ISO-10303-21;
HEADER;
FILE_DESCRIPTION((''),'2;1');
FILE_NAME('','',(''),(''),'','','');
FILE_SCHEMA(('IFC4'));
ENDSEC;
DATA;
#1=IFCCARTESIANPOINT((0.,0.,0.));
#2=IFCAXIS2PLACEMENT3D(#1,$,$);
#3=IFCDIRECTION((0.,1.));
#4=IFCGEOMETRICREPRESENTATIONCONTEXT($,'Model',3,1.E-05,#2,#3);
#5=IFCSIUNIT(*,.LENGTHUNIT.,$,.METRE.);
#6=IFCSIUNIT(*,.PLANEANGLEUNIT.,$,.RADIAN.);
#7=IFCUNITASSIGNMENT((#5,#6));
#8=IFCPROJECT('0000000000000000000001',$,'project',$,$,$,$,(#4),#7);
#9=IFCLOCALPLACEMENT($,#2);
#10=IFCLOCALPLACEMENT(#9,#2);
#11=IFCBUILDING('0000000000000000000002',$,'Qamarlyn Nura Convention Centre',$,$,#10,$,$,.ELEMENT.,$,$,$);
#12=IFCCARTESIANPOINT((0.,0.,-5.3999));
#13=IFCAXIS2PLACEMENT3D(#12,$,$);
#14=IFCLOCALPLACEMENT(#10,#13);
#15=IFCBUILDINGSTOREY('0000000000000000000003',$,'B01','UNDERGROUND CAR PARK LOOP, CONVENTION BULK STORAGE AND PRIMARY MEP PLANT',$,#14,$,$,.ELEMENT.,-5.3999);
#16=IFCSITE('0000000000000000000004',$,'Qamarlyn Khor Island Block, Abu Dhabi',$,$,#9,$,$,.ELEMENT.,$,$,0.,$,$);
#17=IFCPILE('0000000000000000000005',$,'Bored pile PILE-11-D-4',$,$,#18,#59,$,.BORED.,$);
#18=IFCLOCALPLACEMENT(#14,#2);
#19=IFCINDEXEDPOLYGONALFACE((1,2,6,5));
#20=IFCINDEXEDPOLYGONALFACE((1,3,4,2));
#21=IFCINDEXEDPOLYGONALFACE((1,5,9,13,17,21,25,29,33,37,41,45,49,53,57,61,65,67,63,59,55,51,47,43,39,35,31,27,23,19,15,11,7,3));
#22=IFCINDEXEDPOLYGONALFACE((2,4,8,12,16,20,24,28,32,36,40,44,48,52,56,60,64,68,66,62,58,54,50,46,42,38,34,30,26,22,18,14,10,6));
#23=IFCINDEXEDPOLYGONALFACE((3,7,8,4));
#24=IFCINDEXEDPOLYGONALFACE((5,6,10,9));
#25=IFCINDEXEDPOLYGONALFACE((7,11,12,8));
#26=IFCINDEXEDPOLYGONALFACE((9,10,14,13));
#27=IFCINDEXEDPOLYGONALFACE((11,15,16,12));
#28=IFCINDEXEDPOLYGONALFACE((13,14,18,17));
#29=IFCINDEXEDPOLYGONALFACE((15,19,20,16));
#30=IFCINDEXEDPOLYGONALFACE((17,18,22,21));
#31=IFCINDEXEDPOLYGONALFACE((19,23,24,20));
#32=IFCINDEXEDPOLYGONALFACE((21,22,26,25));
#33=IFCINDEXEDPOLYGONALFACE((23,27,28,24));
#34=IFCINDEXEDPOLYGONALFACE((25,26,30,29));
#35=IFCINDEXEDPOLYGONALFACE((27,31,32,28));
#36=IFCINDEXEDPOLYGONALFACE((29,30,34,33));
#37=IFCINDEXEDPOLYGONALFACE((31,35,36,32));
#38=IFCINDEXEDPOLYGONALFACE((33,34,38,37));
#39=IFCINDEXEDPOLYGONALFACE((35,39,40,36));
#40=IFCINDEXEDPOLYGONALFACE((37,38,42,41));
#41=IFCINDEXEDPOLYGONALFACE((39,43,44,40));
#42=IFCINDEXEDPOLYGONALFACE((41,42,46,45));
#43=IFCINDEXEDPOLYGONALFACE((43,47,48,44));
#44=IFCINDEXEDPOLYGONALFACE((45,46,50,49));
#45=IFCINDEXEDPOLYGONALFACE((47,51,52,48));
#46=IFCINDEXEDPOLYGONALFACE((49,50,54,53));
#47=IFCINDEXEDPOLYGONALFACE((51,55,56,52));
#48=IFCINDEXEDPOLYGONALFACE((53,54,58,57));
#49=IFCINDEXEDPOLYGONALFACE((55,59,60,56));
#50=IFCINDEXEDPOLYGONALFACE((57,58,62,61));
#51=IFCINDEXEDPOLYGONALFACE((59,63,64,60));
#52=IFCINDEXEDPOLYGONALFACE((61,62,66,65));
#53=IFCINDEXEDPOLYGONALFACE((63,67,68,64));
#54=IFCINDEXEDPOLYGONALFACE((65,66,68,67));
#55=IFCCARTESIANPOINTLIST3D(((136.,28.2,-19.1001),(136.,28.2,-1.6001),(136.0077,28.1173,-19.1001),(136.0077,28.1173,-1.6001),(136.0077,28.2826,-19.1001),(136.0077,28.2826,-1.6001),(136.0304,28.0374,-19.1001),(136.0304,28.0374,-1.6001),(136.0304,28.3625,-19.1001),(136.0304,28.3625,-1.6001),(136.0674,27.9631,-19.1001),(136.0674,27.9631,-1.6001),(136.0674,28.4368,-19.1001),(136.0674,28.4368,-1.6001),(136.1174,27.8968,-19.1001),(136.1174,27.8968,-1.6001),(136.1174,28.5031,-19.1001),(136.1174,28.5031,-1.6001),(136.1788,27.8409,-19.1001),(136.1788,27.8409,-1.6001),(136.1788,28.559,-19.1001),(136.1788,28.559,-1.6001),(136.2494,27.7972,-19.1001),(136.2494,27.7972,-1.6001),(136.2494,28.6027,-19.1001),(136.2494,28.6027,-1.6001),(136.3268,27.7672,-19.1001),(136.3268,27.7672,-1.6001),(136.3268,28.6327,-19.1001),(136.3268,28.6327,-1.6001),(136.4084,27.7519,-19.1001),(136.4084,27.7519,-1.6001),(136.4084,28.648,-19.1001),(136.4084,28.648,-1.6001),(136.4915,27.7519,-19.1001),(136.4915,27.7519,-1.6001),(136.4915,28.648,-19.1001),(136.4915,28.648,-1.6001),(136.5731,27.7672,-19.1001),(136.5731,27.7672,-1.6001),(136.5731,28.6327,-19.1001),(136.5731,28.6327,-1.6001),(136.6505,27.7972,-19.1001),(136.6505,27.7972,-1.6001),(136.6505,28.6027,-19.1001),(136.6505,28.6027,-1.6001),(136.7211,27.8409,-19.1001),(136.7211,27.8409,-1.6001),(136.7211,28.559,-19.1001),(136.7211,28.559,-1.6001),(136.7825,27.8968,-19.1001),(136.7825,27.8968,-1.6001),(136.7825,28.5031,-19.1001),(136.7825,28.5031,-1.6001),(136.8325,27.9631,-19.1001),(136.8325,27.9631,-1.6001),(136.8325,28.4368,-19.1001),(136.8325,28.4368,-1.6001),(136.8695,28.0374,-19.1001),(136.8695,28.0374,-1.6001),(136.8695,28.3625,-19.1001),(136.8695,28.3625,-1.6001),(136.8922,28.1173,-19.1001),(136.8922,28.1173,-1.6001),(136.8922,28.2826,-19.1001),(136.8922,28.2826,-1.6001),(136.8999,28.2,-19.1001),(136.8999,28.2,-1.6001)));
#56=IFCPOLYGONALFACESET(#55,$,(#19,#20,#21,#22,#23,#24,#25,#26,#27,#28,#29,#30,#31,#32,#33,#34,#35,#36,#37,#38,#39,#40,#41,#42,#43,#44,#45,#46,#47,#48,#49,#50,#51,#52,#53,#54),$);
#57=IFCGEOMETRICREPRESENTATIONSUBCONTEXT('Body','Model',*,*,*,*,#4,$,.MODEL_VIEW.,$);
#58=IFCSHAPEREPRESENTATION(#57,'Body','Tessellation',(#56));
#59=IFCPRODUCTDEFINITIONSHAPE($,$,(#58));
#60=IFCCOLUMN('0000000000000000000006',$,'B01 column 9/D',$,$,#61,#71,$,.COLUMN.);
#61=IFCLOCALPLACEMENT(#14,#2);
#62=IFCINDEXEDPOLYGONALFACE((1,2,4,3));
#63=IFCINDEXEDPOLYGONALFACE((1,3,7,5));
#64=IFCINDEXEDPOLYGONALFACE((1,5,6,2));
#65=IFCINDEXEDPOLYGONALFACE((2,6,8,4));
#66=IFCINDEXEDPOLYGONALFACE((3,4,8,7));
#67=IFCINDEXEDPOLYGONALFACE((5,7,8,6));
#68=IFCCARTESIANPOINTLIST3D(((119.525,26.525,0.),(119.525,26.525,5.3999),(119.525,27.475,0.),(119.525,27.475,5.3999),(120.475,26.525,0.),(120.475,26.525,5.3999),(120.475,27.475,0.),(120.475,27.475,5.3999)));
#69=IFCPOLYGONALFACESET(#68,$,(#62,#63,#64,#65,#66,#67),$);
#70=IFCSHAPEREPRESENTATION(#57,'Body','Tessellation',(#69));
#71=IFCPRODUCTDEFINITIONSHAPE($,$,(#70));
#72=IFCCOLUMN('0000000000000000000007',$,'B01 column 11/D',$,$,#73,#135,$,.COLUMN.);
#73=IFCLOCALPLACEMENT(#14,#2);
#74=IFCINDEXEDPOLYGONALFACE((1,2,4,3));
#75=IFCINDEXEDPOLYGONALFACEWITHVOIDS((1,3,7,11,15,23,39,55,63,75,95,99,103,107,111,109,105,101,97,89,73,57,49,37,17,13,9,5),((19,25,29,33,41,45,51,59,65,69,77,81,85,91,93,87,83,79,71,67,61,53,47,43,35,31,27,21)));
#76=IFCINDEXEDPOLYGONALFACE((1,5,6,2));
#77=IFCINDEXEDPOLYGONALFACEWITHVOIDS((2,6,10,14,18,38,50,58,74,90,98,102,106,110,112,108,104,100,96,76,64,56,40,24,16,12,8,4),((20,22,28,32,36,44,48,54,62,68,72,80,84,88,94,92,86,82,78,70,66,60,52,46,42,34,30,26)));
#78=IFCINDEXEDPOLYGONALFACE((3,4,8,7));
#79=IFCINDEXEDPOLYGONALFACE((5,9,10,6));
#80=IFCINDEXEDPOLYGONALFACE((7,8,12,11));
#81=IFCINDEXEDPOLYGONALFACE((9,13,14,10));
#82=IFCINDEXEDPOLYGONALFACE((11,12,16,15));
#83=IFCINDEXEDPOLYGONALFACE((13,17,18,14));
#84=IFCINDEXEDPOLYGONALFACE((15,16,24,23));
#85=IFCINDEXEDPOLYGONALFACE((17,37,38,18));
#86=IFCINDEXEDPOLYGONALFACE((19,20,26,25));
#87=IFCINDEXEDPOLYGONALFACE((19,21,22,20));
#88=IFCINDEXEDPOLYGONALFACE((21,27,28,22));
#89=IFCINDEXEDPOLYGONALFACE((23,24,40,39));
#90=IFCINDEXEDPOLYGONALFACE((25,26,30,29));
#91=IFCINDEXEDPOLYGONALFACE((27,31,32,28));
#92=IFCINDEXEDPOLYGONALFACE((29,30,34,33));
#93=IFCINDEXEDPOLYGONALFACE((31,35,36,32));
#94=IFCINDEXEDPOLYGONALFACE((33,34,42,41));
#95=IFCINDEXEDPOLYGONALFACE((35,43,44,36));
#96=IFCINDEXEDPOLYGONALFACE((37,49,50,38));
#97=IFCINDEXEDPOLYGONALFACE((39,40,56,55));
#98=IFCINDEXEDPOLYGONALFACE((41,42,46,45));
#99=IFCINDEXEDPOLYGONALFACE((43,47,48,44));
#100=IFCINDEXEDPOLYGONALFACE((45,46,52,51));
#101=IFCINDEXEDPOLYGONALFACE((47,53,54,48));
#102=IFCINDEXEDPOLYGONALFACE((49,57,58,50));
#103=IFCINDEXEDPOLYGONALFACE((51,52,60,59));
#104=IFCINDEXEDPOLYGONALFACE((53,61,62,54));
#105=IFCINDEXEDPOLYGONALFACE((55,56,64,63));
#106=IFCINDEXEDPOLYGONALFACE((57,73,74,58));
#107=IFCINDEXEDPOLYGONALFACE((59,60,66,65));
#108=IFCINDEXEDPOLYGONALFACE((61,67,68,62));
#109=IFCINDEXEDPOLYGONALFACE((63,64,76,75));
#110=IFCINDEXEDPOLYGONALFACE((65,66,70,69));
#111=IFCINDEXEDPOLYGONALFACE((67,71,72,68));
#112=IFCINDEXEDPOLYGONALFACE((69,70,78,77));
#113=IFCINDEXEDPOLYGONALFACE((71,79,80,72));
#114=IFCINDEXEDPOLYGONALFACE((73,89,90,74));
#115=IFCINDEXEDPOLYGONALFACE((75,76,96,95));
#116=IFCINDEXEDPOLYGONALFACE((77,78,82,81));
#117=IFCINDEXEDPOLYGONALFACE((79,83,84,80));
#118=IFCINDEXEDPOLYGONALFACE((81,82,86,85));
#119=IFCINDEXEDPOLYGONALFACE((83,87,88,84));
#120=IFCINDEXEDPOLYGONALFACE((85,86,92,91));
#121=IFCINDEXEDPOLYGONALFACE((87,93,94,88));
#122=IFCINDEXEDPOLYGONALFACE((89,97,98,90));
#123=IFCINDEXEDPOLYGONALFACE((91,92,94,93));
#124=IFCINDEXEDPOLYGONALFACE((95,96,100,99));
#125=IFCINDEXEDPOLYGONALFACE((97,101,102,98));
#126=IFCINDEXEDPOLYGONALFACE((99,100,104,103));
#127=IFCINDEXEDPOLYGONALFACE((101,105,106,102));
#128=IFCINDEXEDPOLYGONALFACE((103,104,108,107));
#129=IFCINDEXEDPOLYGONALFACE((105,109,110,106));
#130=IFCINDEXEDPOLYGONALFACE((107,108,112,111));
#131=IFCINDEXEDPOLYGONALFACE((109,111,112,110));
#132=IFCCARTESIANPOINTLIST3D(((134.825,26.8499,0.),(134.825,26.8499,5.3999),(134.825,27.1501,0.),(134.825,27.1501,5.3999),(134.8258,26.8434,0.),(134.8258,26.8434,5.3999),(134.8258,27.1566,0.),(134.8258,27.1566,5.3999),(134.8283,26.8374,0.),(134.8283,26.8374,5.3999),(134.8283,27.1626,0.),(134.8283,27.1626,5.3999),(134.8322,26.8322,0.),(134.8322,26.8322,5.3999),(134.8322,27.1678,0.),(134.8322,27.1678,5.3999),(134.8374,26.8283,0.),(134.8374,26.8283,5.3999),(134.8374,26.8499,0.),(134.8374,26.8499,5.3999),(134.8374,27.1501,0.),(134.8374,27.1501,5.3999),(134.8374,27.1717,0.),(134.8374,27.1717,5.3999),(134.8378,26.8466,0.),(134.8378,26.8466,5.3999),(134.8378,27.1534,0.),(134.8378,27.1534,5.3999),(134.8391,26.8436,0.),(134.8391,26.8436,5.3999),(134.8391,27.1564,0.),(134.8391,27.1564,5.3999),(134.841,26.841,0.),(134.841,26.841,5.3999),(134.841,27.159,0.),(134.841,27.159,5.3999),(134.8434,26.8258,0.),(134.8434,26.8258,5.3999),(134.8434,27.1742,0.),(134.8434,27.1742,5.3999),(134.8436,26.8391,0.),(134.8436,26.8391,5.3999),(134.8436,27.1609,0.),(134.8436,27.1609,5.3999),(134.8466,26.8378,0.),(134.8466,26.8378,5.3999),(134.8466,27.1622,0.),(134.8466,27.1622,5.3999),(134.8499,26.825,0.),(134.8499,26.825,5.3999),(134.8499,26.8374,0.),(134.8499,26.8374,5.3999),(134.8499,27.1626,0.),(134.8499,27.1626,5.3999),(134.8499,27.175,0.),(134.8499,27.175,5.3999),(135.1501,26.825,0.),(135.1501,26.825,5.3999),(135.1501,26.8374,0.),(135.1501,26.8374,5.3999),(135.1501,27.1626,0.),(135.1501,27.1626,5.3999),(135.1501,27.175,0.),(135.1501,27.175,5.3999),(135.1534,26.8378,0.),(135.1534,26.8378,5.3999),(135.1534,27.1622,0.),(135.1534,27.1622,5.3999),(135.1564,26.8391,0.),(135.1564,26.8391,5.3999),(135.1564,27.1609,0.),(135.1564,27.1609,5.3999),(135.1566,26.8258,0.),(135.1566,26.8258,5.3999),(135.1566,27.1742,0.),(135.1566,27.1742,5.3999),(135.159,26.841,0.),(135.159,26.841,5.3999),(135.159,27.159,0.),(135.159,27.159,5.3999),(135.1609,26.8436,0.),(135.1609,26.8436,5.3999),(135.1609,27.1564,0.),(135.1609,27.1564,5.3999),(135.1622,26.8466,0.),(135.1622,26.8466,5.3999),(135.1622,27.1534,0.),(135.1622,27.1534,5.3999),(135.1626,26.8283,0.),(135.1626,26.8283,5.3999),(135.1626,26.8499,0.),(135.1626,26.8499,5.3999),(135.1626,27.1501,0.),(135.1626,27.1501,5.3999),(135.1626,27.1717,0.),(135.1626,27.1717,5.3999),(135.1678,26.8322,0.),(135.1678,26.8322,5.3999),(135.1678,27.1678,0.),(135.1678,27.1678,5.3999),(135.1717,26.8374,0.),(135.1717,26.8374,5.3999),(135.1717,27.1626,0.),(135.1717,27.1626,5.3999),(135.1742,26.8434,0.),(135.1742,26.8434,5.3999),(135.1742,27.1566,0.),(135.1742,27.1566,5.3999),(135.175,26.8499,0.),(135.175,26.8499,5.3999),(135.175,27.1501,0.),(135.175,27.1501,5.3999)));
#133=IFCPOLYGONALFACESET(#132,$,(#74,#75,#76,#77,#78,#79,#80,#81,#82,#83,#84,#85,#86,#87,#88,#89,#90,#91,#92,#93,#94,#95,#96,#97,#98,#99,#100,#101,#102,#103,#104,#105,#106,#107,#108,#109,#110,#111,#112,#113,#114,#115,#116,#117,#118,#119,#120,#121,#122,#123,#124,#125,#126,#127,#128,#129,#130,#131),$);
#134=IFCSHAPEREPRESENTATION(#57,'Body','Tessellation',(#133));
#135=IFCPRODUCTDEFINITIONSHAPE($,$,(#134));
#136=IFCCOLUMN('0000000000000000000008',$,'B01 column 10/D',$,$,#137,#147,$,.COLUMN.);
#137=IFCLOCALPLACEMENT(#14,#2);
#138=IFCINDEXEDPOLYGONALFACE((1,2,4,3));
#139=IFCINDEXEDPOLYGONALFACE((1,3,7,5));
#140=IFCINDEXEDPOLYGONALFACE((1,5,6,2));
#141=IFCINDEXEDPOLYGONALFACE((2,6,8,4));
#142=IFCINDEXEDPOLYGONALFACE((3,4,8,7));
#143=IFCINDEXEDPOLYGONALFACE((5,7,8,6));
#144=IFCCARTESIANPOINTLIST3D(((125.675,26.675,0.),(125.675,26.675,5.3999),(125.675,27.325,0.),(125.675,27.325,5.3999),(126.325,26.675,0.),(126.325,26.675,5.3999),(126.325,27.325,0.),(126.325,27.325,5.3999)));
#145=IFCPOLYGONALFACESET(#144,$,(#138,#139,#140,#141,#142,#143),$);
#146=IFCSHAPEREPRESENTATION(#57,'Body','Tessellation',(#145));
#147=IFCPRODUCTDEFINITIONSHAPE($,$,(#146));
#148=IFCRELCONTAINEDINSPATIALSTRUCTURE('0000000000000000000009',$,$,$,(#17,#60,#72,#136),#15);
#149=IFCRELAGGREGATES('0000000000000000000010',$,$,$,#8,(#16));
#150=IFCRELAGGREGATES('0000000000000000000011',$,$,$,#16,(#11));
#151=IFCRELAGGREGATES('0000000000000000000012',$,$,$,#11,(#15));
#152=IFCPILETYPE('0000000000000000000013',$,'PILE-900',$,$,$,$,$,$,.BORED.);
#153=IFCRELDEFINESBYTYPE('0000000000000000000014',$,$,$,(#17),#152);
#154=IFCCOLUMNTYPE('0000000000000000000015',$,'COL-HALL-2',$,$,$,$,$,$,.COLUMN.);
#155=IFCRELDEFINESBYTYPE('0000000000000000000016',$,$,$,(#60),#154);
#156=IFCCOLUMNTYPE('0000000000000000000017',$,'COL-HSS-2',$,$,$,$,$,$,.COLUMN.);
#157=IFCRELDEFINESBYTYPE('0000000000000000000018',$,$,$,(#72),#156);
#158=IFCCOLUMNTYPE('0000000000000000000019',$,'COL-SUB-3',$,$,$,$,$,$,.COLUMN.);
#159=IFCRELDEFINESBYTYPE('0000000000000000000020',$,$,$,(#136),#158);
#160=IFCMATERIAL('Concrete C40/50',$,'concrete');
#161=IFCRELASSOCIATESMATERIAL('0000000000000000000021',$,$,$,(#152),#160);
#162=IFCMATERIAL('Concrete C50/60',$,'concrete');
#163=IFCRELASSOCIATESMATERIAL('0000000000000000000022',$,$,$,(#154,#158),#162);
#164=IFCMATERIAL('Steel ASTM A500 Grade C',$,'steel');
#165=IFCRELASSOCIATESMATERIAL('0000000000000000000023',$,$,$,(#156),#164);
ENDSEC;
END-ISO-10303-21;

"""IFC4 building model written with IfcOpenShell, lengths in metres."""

from ifc_helpers import new_model, si_unit, direction, frame, origin, origin_2d, place, context, subcontext, project, spatial, rectangle, hollow_rectangle, circle, extrude, material, material_profile, profile_set, type_object, element, save


model = new_model("IFC4")

# Units and contexts
model_context = context("Model", 3, precision=1e-05, world=origin(), true_north=direction((0.0, 1.0)))
body_context = subcontext(model_context, "Body", "Model", "MODEL_VIEW")
ifc_project = project(units=[si_unit("LENGTHUNIT", "METRE"), si_unit("PLANEANGLEUNIT", "RADIAN")], contexts=[model_context])

# Site, building, storey
site_placement = place(None, origin())
site = spatial("IfcSite", under=ifc_project, at=site_placement, Name="Qamarlyn Khor Island Block, Abu Dhabi", CompositionType="ELEMENT", RefElevation=0.0)
building_placement = place(site_placement, origin())
building = spatial("IfcBuilding", under=site, at=building_placement, Name="Qamarlyn Nura Convention Centre", CompositionType="ELEMENT")
storey_placement = place(building_placement, frame((0.0, 0.0, -5.3999)))
storey = spatial("IfcBuildingStorey", under=building, at=storey_placement, Name="B01", Description="UNDERGROUND CAR PARK LOOP, CONVENTION BULK STORAGE AND PRIMARY MEP PLANT", CompositionType="ELEMENT", Elevation=-5.3999)

# Shared definitions
ifc_material_1 = material(Name="Concrete C40/50", Category="concrete")

# Pile
ifc_material_profile_1 = material_profile(ifc_material_1, circle(Radius=0.45, at=origin_2d()), Name="BORED PILE 900")
ifc_profile_set_1 = profile_set([ifc_material_profile_1], Name="Concrete C40/50")
pile_type = type_object("IfcPileType", Name="PILE-900", PredefinedType="BORED", material=ifc_profile_set_1)
for number, where, z_axis, x_axis, name in (
    (1, (136.45, 28.2, -1.6001), (0.0, 0.0, -1.0), (1.0, 0.0, 0.0), "Bored pile PILE-11-D-4"),
):
    element("IfcPile", number, at=place(storey_placement, frame(where, z_axis=z_axis, x_axis=x_axis)), inside=storey, type_object=pile_type, Name=name, PredefinedType="BORED", context=body_context, shape_type="SweptSolid", body=[
        extrude(circle(Radius=0.45, at=origin_2d()), origin(), (0.0, 0.0, 1.0), 17.5),
    ])

# Columns
ifc_material_2 = material(Name="Concrete C50/60", Category="concrete")
ifc_material_profile_2 = material_profile(ifc_material_2, rectangle(XDim=0.95, YDim=0.95, at=origin_2d()), Name="RC 950x950")
ifc_profile_set_2 = profile_set([ifc_material_profile_2], Name="Concrete C50/60")
column_type_1 = type_object("IfcColumnType", Name="COL-HALL-2", PredefinedType="COLUMN", material=ifc_profile_set_2)
column_1_placement = place(storey_placement, frame((120.0, 27.0, 0.0), z_axis=(0.0, 0.0, 1.0), x_axis=(1.0, 0.0, 0.0)))
element("IfcColumn", 2, at=column_1_placement, inside=storey, type_object=column_type_1, Name="B01 column 9/D", PredefinedType="COLUMN", context=body_context, shape_type="SweptSolid", body=[
    extrude(rectangle(XDim=0.95, YDim=0.95, at=origin_2d()), origin(), (0.0, 0.0, 1.0), 5.3999),
])
ifc_material_3 = material(Name="Steel ASTM A500 Grade C", Category="steel")
ifc_material_profile_3 = material_profile(ifc_material_3, hollow_rectangle(XDim=0.3501, YDim=0.3501, WallThickness=0.0125, InnerFilletRadius=0.0125, OuterFilletRadius=0.0249, at=origin_2d()), Name="HSS350X350X12.5")
ifc_profile_set_3 = profile_set([ifc_material_profile_3], Name="Steel ASTM A500 Grade C")
column_type_2 = type_object("IfcColumnType", Name="COL-HSS-2", PredefinedType="COLUMN", material=ifc_profile_set_3)
column_2_placement = place(storey_placement, frame((135.0, 27.0, 0.0), z_axis=(0.0, 0.0, 1.0), x_axis=(1.0, 0.0, 0.0)))
element("IfcColumn", 3, at=column_2_placement, inside=storey, type_object=column_type_2, Name="B01 column 11/D", PredefinedType="COLUMN", context=body_context, shape_type="SweptSolid", body=[
    extrude(hollow_rectangle(XDim=0.3501, YDim=0.3501, WallThickness=0.0125, InnerFilletRadius=0.0125, OuterFilletRadius=0.0249, at=origin_2d()), origin(), (0.0, 0.0, 1.0), 5.3999),
])
ifc_material_profile_4 = material_profile(ifc_material_2, rectangle(XDim=0.6499, YDim=0.6499, at=origin_2d()), Name="RC 650x650")
ifc_profile_set_4 = profile_set([ifc_material_profile_4], Name="Concrete C50/60")
column_type_3 = type_object("IfcColumnType", Name="COL-SUB-3", PredefinedType="COLUMN", material=ifc_profile_set_4)
column_3_placement = place(storey_placement, frame((126.0, 27.0, 0.0), z_axis=(0.0, 0.0, 1.0), x_axis=(1.0, 0.0, 0.0)))
element("IfcColumn", 4, at=column_3_placement, inside=storey, type_object=column_type_3, Name="B01 column 10/D", PredefinedType="COLUMN", context=body_context, shape_type="SweptSolid", body=[
    extrude(rectangle(XDim=0.6499, YDim=0.6499, at=origin_2d()), origin(), (0.0, 0.0, 1.0), 5.3999),
])

save(model, "model.ifc")
